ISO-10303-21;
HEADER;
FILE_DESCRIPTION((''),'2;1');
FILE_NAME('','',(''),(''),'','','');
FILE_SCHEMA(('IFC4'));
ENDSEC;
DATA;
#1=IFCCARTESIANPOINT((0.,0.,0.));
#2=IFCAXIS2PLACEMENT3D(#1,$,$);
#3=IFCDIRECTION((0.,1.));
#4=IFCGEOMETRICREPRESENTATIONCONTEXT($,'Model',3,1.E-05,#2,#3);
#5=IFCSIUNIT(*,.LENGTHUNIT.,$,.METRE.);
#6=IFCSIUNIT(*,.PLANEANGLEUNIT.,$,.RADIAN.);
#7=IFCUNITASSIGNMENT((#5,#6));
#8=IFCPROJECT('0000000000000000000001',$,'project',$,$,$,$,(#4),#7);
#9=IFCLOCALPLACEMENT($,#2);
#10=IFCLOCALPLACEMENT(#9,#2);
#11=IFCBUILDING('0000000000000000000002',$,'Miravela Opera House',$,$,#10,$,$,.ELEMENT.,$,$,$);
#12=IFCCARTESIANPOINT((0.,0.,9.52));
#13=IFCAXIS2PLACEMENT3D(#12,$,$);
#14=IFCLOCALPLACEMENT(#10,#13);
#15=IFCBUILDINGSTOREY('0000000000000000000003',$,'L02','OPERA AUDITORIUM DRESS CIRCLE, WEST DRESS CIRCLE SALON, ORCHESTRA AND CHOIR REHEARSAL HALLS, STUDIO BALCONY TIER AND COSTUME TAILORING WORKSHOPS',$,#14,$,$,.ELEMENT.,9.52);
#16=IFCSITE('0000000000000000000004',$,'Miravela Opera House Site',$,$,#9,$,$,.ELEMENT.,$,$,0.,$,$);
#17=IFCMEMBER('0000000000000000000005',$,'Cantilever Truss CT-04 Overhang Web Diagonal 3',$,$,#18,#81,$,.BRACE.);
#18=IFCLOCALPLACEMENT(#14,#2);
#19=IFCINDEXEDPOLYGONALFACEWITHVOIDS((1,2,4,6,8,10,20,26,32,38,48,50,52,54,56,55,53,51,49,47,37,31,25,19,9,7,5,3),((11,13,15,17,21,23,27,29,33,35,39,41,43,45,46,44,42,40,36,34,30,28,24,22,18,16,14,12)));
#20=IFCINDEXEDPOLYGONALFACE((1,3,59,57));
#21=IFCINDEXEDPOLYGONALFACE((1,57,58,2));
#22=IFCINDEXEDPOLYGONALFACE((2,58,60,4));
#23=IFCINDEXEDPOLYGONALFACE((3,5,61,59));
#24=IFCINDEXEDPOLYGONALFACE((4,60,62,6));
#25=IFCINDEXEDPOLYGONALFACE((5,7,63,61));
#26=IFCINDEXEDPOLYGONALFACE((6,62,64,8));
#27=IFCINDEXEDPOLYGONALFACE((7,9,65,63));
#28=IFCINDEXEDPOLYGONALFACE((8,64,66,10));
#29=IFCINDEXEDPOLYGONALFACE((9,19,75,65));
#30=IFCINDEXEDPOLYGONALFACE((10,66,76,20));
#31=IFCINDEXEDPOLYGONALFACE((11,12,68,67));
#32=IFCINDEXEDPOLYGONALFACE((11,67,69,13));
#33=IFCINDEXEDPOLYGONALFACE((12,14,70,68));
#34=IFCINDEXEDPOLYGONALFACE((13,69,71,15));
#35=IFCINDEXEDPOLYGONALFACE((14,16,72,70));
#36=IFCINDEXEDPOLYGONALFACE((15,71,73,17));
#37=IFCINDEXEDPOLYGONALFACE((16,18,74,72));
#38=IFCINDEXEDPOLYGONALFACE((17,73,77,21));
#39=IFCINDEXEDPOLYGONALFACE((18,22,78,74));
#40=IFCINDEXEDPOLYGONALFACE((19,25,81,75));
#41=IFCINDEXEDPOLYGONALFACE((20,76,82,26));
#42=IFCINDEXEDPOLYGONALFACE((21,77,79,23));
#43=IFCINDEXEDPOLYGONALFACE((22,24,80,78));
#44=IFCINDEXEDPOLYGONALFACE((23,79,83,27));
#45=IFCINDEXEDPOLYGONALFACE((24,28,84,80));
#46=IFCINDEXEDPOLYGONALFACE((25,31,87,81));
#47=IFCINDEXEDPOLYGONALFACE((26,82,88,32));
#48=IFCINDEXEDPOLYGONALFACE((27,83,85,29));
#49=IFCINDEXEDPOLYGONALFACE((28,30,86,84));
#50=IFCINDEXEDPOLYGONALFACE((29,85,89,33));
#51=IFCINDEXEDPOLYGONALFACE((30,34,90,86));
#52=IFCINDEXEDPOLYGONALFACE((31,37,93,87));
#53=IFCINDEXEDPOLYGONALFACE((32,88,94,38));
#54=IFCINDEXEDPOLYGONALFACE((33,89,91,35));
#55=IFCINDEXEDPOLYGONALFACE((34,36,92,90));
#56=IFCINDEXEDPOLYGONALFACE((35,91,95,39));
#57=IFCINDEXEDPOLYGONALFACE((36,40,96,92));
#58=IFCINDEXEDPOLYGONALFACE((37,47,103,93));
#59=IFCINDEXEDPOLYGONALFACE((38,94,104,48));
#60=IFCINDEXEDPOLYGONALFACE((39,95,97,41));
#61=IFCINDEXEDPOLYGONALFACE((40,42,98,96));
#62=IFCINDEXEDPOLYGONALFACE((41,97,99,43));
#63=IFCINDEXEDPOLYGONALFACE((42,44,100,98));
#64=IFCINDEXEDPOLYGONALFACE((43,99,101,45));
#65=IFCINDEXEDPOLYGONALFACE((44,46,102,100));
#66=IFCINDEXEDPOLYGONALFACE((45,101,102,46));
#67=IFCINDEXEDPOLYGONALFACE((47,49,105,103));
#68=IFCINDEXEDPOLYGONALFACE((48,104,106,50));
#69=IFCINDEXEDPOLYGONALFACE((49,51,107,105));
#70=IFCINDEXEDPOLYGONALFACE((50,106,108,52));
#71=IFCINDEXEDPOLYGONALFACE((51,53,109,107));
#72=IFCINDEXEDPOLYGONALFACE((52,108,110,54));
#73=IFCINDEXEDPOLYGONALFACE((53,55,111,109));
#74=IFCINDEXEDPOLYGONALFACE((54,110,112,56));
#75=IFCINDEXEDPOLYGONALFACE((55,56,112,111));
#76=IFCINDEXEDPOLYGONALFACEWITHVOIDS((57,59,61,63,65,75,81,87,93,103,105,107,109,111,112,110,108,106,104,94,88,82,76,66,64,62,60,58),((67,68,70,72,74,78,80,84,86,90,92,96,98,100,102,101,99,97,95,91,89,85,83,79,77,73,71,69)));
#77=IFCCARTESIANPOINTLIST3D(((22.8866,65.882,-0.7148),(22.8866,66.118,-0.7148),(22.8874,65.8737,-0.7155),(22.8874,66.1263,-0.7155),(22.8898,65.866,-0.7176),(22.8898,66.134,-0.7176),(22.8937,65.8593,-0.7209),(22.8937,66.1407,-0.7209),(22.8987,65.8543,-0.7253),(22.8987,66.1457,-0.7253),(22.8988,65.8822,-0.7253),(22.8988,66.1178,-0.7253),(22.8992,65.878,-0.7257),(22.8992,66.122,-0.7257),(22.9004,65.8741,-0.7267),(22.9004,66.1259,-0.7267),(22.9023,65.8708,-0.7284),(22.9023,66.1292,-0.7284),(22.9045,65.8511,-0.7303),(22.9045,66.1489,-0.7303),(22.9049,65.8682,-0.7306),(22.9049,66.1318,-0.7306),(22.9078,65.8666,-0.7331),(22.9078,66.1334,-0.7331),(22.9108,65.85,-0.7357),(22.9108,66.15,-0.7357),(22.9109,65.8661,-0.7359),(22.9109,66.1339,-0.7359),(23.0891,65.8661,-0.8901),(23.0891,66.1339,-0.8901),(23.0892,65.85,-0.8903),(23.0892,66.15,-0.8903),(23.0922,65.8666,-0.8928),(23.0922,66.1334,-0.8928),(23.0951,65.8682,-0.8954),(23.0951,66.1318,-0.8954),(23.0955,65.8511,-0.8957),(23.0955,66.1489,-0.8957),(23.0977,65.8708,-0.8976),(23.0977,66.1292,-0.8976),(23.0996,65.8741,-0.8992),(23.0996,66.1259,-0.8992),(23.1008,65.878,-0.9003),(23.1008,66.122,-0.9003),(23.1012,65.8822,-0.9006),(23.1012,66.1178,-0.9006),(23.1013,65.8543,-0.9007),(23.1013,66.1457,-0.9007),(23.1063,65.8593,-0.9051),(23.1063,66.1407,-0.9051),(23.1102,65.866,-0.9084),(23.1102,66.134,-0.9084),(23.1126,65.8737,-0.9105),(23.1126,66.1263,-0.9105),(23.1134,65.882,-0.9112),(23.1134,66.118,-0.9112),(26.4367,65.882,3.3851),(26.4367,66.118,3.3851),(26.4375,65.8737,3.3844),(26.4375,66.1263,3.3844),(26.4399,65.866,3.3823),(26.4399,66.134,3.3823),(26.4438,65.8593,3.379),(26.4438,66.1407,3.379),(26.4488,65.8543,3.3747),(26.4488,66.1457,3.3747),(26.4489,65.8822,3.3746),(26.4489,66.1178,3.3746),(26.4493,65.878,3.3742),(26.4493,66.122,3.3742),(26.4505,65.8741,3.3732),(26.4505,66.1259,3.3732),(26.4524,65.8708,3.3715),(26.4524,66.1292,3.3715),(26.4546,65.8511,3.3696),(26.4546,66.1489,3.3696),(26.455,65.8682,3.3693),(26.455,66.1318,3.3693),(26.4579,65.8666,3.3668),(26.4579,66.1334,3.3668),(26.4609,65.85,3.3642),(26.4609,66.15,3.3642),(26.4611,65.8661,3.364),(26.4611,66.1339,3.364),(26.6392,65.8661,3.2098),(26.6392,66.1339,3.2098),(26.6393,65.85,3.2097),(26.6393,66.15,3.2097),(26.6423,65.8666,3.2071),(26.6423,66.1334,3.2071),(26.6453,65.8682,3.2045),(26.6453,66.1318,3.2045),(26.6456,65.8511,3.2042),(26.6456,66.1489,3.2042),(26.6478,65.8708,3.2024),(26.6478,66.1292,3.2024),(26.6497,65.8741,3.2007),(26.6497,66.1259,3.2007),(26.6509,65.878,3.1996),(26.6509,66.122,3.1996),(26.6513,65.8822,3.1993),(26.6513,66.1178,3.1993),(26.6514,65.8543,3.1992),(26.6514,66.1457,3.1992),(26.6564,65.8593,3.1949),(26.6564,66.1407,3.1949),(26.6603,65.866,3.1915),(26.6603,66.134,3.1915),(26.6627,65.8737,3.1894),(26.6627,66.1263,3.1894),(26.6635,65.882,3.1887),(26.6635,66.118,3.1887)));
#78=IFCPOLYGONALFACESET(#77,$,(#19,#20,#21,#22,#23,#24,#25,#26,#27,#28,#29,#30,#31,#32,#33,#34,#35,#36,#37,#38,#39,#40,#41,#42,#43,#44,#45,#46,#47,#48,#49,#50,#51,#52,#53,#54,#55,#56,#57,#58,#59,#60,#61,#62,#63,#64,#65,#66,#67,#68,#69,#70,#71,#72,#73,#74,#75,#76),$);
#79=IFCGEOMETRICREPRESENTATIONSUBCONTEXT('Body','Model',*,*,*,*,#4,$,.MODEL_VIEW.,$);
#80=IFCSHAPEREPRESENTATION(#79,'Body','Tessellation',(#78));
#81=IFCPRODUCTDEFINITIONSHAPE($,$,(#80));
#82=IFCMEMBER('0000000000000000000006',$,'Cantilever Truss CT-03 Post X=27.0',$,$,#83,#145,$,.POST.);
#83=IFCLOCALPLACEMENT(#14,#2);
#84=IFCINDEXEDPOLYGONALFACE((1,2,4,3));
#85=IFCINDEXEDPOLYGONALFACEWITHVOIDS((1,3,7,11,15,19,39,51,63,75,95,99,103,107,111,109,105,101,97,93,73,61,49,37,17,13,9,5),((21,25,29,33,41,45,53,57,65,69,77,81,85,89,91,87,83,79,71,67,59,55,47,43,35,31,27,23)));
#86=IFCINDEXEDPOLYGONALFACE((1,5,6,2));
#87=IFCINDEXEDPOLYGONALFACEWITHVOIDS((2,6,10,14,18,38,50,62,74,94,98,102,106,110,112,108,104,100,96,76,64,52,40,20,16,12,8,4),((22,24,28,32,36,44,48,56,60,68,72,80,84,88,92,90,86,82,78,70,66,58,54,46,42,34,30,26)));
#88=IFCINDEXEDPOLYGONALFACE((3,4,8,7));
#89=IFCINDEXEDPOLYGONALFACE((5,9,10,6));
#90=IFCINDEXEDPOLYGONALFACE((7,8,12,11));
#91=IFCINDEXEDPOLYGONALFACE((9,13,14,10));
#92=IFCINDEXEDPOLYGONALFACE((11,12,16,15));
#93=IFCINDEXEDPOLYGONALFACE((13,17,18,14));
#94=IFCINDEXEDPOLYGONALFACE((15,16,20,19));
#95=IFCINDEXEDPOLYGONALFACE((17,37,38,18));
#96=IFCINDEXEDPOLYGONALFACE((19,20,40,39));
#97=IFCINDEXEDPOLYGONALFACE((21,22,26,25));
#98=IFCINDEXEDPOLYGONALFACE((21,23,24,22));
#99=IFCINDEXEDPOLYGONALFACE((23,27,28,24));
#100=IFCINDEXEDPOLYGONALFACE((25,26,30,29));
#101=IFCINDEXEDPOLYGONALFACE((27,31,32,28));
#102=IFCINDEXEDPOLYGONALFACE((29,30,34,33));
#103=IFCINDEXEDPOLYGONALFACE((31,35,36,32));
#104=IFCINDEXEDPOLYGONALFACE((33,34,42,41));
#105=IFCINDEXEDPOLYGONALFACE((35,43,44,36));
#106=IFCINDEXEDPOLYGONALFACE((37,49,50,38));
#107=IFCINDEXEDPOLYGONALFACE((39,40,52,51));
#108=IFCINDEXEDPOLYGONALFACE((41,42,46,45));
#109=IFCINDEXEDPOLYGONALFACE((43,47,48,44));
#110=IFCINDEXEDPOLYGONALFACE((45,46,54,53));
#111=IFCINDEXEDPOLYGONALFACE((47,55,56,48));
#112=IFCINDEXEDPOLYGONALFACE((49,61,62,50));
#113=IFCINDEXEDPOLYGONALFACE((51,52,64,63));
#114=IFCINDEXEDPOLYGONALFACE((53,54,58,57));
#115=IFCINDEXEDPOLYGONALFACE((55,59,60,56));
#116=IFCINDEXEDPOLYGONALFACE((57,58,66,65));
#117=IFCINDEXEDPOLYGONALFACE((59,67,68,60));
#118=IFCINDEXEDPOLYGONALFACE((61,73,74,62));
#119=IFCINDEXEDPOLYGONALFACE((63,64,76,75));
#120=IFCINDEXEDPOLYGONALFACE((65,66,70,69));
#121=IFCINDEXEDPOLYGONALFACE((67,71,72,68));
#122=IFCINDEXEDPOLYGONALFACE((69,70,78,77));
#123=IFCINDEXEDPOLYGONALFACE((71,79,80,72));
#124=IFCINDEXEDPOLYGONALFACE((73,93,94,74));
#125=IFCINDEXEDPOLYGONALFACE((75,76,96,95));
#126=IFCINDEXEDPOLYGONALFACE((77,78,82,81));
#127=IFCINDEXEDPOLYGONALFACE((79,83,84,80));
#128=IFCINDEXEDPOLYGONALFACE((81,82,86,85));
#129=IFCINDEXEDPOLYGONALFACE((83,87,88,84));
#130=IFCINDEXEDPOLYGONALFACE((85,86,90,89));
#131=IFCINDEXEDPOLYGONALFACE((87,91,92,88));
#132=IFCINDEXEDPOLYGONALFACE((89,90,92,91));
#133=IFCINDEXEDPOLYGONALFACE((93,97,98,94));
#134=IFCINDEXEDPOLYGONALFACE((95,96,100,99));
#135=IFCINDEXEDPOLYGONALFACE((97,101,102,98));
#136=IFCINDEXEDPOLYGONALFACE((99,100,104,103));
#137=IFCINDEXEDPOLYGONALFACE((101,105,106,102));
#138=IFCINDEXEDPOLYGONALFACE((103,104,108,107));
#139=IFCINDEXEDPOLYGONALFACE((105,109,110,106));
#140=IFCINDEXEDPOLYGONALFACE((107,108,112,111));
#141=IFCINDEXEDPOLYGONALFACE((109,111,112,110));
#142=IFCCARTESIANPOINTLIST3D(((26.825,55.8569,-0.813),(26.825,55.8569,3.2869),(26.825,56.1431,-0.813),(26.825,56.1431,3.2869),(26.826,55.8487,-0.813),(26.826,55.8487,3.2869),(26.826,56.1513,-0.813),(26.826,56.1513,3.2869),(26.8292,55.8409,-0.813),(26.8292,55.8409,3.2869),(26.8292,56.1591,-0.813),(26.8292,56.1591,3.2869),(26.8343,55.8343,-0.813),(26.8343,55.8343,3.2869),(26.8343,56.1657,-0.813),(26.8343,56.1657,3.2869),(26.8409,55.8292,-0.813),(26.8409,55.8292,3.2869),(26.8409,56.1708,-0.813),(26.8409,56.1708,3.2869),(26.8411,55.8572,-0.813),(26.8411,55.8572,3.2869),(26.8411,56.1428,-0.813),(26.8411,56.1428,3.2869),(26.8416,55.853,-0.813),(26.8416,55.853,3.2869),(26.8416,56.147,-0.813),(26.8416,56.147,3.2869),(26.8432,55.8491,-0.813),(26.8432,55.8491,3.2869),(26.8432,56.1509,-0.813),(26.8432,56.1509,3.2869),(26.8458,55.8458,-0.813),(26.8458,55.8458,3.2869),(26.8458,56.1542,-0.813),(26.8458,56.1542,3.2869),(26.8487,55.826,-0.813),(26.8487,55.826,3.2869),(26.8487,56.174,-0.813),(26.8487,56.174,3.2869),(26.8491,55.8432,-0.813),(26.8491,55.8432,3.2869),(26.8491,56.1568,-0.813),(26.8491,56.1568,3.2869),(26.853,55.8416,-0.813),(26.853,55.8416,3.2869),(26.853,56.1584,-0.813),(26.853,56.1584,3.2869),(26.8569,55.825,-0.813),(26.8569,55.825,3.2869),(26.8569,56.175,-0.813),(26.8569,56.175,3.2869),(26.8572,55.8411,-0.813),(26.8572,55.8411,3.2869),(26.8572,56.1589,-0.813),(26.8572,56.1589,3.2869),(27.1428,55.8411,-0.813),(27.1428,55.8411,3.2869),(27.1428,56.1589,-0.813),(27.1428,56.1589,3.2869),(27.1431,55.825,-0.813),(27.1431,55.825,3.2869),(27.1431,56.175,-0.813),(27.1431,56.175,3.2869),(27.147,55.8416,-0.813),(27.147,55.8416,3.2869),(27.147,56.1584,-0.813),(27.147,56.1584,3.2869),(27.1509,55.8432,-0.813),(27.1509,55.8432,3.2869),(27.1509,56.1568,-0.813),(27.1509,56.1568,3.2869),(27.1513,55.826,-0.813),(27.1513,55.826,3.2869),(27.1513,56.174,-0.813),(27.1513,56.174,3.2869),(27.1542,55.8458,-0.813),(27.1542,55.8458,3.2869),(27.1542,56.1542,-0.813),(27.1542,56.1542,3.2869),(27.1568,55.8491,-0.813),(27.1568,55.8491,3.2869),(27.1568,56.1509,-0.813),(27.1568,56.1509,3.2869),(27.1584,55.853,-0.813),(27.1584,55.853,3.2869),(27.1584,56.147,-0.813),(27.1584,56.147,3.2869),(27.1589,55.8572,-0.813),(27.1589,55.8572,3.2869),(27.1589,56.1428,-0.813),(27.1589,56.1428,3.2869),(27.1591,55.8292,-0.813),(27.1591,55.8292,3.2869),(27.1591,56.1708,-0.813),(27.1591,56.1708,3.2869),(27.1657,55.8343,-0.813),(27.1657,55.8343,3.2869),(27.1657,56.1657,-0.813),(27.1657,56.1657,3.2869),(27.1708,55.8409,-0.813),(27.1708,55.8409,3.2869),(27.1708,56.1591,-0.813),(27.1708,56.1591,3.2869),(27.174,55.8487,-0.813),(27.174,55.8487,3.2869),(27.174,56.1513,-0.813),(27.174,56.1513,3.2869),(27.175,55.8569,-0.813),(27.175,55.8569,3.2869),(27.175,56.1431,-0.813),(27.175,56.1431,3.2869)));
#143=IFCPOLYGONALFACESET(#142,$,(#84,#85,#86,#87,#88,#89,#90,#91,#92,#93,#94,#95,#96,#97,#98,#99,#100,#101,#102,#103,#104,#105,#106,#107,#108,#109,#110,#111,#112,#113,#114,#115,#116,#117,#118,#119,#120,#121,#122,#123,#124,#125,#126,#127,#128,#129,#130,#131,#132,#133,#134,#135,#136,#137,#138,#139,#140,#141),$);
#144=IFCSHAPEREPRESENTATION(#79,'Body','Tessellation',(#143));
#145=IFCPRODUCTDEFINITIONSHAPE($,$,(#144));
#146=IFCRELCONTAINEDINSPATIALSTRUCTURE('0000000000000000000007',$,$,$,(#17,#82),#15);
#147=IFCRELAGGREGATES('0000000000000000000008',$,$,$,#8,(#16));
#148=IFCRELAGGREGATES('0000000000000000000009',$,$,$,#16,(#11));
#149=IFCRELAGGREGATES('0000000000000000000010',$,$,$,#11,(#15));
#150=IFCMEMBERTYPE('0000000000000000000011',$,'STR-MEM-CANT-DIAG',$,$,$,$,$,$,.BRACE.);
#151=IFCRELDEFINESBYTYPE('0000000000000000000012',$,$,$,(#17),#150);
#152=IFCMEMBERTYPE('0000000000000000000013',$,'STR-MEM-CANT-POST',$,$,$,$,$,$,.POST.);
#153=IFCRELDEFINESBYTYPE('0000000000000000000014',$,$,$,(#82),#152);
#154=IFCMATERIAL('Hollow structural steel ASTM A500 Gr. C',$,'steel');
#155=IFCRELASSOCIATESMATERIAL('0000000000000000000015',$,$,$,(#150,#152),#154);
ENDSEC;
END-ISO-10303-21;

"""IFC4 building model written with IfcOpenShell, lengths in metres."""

from ifc_helpers import new_model, si_unit, direction, frame, origin, origin_2d, place, context, subcontext, project, spatial, hollow_rectangle, extrude, material, material_profile, profile_set, type_object, element, save


model = new_model("IFC4")

# Units and contexts
model_context = context("Model", 3, precision=1e-05, world=origin(), true_north=direction((0.0, 1.0)))
body_context = subcontext(model_context, "Body", "Model", "MODEL_VIEW")
ifc_project = project(units=[si_unit("LENGTHUNIT", "METRE"), si_unit("PLANEANGLEUNIT", "RADIAN")], contexts=[model_context])

# Site, building, storey
site_placement = place(None, origin())
site = spatial("IfcSite", under=ifc_project, at=site_placement, Name="Miravela Opera House Site", CompositionType="ELEMENT", RefElevation=0.0)
building_placement = place(site_placement, origin())
building = spatial("IfcBuilding", under=site, at=building_placement, Name="Miravela Opera House", CompositionType="ELEMENT")
storey_placement = place(building_placement, frame((0.0, 0.0, 9.52)))
storey = spatial("IfcBuildingStorey", under=building, at=storey_placement, Name="L02", Description="OPERA AUDITORIUM DRESS CIRCLE, WEST DRESS CIRCLE SALON, ORCHESTRA AND CHOIR REHEARSAL HALLS, STUDIO BALCONY TIER AND COSTUME TAILORING WORKSHOPS", CompositionType="ELEMENT", Elevation=9.52)

# Members
ifc_material_1 = material(Name="Hollow structural steel ASTM A500 Gr. C", Category="steel")
ifc_material_profile_1 = material_profile(ifc_material_1, hollow_rectangle(XDim=0.3, YDim=0.3, WallThickness=0.0161, InnerFilletRadius=0.0161, OuterFilletRadius=0.032, at=origin_2d()), Name="HSS300X300X16")
ifc_profile_set_1 = profile_set([ifc_material_profile_1])
member_type_1 = type_object("IfcMemberType", Name="STR-MEM-CANT-DIAG", PredefinedType="BRACE", material=ifc_profile_set_1)
member_1_placement = place(storey_placement, frame((23.0, 66.0, -0.813), z_axis=(0.654598, 0.0, 0.755977), x_axis=(0.0, 1.0, 0.0)))
element("IfcMember", 1, at=member_1_placement, inside=storey, type_object=member_type_1, Name="Cantilever Truss CT-04 Overhang Web Diagonal 3", PredefinedType="BRACE", context=body_context, shape_type="SweptSolid", body=[
    extrude(hollow_rectangle(XDim=0.3, YDim=0.3, WallThickness=0.0161, InnerFilletRadius=0.0161, OuterFilletRadius=0.032, at=origin_2d()), origin(), (0.0, 0.0, 1.0), 5.4233),
])
ifc_material_profile_2 = material_profile(ifc_material_1, hollow_rectangle(XDim=0.3501, YDim=0.3501, WallThickness=0.0161, InnerFilletRadius=0.0161, OuterFilletRadius=0.032, at=origin_2d()), Name="HSS350X350X16")
ifc_profile_set_2 = profile_set([ifc_material_profile_2])
member_type_2 = type_object("IfcMemberType", Name="STR-MEM-CANT-POST", PredefinedType="POST", material=ifc_profile_set_2)
for number, where, z_axis, x_axis, name in (
    (2, (27.0, 56.0, -0.813), (0.0, 0.0, 1.0), (1.0, 0.0, 0.0), "Cantilever Truss CT-03 Post X=27.0"),
):
    element("IfcMember", number, at=place(storey_placement, frame(where, z_axis=z_axis, x_axis=x_axis)), inside=storey, type_object=member_type_2, Name=name, PredefinedType="POST", context=body_context, shape_type="SweptSolid", body=[
        extrude(hollow_rectangle(XDim=0.3501, YDim=0.3501, WallThickness=0.0161, InnerFilletRadius=0.0161, OuterFilletRadius=0.032, at=origin_2d()), origin(), (0.0, 0.0, 1.0), 4.0999),
    ])

save(model, "model.ifc")
